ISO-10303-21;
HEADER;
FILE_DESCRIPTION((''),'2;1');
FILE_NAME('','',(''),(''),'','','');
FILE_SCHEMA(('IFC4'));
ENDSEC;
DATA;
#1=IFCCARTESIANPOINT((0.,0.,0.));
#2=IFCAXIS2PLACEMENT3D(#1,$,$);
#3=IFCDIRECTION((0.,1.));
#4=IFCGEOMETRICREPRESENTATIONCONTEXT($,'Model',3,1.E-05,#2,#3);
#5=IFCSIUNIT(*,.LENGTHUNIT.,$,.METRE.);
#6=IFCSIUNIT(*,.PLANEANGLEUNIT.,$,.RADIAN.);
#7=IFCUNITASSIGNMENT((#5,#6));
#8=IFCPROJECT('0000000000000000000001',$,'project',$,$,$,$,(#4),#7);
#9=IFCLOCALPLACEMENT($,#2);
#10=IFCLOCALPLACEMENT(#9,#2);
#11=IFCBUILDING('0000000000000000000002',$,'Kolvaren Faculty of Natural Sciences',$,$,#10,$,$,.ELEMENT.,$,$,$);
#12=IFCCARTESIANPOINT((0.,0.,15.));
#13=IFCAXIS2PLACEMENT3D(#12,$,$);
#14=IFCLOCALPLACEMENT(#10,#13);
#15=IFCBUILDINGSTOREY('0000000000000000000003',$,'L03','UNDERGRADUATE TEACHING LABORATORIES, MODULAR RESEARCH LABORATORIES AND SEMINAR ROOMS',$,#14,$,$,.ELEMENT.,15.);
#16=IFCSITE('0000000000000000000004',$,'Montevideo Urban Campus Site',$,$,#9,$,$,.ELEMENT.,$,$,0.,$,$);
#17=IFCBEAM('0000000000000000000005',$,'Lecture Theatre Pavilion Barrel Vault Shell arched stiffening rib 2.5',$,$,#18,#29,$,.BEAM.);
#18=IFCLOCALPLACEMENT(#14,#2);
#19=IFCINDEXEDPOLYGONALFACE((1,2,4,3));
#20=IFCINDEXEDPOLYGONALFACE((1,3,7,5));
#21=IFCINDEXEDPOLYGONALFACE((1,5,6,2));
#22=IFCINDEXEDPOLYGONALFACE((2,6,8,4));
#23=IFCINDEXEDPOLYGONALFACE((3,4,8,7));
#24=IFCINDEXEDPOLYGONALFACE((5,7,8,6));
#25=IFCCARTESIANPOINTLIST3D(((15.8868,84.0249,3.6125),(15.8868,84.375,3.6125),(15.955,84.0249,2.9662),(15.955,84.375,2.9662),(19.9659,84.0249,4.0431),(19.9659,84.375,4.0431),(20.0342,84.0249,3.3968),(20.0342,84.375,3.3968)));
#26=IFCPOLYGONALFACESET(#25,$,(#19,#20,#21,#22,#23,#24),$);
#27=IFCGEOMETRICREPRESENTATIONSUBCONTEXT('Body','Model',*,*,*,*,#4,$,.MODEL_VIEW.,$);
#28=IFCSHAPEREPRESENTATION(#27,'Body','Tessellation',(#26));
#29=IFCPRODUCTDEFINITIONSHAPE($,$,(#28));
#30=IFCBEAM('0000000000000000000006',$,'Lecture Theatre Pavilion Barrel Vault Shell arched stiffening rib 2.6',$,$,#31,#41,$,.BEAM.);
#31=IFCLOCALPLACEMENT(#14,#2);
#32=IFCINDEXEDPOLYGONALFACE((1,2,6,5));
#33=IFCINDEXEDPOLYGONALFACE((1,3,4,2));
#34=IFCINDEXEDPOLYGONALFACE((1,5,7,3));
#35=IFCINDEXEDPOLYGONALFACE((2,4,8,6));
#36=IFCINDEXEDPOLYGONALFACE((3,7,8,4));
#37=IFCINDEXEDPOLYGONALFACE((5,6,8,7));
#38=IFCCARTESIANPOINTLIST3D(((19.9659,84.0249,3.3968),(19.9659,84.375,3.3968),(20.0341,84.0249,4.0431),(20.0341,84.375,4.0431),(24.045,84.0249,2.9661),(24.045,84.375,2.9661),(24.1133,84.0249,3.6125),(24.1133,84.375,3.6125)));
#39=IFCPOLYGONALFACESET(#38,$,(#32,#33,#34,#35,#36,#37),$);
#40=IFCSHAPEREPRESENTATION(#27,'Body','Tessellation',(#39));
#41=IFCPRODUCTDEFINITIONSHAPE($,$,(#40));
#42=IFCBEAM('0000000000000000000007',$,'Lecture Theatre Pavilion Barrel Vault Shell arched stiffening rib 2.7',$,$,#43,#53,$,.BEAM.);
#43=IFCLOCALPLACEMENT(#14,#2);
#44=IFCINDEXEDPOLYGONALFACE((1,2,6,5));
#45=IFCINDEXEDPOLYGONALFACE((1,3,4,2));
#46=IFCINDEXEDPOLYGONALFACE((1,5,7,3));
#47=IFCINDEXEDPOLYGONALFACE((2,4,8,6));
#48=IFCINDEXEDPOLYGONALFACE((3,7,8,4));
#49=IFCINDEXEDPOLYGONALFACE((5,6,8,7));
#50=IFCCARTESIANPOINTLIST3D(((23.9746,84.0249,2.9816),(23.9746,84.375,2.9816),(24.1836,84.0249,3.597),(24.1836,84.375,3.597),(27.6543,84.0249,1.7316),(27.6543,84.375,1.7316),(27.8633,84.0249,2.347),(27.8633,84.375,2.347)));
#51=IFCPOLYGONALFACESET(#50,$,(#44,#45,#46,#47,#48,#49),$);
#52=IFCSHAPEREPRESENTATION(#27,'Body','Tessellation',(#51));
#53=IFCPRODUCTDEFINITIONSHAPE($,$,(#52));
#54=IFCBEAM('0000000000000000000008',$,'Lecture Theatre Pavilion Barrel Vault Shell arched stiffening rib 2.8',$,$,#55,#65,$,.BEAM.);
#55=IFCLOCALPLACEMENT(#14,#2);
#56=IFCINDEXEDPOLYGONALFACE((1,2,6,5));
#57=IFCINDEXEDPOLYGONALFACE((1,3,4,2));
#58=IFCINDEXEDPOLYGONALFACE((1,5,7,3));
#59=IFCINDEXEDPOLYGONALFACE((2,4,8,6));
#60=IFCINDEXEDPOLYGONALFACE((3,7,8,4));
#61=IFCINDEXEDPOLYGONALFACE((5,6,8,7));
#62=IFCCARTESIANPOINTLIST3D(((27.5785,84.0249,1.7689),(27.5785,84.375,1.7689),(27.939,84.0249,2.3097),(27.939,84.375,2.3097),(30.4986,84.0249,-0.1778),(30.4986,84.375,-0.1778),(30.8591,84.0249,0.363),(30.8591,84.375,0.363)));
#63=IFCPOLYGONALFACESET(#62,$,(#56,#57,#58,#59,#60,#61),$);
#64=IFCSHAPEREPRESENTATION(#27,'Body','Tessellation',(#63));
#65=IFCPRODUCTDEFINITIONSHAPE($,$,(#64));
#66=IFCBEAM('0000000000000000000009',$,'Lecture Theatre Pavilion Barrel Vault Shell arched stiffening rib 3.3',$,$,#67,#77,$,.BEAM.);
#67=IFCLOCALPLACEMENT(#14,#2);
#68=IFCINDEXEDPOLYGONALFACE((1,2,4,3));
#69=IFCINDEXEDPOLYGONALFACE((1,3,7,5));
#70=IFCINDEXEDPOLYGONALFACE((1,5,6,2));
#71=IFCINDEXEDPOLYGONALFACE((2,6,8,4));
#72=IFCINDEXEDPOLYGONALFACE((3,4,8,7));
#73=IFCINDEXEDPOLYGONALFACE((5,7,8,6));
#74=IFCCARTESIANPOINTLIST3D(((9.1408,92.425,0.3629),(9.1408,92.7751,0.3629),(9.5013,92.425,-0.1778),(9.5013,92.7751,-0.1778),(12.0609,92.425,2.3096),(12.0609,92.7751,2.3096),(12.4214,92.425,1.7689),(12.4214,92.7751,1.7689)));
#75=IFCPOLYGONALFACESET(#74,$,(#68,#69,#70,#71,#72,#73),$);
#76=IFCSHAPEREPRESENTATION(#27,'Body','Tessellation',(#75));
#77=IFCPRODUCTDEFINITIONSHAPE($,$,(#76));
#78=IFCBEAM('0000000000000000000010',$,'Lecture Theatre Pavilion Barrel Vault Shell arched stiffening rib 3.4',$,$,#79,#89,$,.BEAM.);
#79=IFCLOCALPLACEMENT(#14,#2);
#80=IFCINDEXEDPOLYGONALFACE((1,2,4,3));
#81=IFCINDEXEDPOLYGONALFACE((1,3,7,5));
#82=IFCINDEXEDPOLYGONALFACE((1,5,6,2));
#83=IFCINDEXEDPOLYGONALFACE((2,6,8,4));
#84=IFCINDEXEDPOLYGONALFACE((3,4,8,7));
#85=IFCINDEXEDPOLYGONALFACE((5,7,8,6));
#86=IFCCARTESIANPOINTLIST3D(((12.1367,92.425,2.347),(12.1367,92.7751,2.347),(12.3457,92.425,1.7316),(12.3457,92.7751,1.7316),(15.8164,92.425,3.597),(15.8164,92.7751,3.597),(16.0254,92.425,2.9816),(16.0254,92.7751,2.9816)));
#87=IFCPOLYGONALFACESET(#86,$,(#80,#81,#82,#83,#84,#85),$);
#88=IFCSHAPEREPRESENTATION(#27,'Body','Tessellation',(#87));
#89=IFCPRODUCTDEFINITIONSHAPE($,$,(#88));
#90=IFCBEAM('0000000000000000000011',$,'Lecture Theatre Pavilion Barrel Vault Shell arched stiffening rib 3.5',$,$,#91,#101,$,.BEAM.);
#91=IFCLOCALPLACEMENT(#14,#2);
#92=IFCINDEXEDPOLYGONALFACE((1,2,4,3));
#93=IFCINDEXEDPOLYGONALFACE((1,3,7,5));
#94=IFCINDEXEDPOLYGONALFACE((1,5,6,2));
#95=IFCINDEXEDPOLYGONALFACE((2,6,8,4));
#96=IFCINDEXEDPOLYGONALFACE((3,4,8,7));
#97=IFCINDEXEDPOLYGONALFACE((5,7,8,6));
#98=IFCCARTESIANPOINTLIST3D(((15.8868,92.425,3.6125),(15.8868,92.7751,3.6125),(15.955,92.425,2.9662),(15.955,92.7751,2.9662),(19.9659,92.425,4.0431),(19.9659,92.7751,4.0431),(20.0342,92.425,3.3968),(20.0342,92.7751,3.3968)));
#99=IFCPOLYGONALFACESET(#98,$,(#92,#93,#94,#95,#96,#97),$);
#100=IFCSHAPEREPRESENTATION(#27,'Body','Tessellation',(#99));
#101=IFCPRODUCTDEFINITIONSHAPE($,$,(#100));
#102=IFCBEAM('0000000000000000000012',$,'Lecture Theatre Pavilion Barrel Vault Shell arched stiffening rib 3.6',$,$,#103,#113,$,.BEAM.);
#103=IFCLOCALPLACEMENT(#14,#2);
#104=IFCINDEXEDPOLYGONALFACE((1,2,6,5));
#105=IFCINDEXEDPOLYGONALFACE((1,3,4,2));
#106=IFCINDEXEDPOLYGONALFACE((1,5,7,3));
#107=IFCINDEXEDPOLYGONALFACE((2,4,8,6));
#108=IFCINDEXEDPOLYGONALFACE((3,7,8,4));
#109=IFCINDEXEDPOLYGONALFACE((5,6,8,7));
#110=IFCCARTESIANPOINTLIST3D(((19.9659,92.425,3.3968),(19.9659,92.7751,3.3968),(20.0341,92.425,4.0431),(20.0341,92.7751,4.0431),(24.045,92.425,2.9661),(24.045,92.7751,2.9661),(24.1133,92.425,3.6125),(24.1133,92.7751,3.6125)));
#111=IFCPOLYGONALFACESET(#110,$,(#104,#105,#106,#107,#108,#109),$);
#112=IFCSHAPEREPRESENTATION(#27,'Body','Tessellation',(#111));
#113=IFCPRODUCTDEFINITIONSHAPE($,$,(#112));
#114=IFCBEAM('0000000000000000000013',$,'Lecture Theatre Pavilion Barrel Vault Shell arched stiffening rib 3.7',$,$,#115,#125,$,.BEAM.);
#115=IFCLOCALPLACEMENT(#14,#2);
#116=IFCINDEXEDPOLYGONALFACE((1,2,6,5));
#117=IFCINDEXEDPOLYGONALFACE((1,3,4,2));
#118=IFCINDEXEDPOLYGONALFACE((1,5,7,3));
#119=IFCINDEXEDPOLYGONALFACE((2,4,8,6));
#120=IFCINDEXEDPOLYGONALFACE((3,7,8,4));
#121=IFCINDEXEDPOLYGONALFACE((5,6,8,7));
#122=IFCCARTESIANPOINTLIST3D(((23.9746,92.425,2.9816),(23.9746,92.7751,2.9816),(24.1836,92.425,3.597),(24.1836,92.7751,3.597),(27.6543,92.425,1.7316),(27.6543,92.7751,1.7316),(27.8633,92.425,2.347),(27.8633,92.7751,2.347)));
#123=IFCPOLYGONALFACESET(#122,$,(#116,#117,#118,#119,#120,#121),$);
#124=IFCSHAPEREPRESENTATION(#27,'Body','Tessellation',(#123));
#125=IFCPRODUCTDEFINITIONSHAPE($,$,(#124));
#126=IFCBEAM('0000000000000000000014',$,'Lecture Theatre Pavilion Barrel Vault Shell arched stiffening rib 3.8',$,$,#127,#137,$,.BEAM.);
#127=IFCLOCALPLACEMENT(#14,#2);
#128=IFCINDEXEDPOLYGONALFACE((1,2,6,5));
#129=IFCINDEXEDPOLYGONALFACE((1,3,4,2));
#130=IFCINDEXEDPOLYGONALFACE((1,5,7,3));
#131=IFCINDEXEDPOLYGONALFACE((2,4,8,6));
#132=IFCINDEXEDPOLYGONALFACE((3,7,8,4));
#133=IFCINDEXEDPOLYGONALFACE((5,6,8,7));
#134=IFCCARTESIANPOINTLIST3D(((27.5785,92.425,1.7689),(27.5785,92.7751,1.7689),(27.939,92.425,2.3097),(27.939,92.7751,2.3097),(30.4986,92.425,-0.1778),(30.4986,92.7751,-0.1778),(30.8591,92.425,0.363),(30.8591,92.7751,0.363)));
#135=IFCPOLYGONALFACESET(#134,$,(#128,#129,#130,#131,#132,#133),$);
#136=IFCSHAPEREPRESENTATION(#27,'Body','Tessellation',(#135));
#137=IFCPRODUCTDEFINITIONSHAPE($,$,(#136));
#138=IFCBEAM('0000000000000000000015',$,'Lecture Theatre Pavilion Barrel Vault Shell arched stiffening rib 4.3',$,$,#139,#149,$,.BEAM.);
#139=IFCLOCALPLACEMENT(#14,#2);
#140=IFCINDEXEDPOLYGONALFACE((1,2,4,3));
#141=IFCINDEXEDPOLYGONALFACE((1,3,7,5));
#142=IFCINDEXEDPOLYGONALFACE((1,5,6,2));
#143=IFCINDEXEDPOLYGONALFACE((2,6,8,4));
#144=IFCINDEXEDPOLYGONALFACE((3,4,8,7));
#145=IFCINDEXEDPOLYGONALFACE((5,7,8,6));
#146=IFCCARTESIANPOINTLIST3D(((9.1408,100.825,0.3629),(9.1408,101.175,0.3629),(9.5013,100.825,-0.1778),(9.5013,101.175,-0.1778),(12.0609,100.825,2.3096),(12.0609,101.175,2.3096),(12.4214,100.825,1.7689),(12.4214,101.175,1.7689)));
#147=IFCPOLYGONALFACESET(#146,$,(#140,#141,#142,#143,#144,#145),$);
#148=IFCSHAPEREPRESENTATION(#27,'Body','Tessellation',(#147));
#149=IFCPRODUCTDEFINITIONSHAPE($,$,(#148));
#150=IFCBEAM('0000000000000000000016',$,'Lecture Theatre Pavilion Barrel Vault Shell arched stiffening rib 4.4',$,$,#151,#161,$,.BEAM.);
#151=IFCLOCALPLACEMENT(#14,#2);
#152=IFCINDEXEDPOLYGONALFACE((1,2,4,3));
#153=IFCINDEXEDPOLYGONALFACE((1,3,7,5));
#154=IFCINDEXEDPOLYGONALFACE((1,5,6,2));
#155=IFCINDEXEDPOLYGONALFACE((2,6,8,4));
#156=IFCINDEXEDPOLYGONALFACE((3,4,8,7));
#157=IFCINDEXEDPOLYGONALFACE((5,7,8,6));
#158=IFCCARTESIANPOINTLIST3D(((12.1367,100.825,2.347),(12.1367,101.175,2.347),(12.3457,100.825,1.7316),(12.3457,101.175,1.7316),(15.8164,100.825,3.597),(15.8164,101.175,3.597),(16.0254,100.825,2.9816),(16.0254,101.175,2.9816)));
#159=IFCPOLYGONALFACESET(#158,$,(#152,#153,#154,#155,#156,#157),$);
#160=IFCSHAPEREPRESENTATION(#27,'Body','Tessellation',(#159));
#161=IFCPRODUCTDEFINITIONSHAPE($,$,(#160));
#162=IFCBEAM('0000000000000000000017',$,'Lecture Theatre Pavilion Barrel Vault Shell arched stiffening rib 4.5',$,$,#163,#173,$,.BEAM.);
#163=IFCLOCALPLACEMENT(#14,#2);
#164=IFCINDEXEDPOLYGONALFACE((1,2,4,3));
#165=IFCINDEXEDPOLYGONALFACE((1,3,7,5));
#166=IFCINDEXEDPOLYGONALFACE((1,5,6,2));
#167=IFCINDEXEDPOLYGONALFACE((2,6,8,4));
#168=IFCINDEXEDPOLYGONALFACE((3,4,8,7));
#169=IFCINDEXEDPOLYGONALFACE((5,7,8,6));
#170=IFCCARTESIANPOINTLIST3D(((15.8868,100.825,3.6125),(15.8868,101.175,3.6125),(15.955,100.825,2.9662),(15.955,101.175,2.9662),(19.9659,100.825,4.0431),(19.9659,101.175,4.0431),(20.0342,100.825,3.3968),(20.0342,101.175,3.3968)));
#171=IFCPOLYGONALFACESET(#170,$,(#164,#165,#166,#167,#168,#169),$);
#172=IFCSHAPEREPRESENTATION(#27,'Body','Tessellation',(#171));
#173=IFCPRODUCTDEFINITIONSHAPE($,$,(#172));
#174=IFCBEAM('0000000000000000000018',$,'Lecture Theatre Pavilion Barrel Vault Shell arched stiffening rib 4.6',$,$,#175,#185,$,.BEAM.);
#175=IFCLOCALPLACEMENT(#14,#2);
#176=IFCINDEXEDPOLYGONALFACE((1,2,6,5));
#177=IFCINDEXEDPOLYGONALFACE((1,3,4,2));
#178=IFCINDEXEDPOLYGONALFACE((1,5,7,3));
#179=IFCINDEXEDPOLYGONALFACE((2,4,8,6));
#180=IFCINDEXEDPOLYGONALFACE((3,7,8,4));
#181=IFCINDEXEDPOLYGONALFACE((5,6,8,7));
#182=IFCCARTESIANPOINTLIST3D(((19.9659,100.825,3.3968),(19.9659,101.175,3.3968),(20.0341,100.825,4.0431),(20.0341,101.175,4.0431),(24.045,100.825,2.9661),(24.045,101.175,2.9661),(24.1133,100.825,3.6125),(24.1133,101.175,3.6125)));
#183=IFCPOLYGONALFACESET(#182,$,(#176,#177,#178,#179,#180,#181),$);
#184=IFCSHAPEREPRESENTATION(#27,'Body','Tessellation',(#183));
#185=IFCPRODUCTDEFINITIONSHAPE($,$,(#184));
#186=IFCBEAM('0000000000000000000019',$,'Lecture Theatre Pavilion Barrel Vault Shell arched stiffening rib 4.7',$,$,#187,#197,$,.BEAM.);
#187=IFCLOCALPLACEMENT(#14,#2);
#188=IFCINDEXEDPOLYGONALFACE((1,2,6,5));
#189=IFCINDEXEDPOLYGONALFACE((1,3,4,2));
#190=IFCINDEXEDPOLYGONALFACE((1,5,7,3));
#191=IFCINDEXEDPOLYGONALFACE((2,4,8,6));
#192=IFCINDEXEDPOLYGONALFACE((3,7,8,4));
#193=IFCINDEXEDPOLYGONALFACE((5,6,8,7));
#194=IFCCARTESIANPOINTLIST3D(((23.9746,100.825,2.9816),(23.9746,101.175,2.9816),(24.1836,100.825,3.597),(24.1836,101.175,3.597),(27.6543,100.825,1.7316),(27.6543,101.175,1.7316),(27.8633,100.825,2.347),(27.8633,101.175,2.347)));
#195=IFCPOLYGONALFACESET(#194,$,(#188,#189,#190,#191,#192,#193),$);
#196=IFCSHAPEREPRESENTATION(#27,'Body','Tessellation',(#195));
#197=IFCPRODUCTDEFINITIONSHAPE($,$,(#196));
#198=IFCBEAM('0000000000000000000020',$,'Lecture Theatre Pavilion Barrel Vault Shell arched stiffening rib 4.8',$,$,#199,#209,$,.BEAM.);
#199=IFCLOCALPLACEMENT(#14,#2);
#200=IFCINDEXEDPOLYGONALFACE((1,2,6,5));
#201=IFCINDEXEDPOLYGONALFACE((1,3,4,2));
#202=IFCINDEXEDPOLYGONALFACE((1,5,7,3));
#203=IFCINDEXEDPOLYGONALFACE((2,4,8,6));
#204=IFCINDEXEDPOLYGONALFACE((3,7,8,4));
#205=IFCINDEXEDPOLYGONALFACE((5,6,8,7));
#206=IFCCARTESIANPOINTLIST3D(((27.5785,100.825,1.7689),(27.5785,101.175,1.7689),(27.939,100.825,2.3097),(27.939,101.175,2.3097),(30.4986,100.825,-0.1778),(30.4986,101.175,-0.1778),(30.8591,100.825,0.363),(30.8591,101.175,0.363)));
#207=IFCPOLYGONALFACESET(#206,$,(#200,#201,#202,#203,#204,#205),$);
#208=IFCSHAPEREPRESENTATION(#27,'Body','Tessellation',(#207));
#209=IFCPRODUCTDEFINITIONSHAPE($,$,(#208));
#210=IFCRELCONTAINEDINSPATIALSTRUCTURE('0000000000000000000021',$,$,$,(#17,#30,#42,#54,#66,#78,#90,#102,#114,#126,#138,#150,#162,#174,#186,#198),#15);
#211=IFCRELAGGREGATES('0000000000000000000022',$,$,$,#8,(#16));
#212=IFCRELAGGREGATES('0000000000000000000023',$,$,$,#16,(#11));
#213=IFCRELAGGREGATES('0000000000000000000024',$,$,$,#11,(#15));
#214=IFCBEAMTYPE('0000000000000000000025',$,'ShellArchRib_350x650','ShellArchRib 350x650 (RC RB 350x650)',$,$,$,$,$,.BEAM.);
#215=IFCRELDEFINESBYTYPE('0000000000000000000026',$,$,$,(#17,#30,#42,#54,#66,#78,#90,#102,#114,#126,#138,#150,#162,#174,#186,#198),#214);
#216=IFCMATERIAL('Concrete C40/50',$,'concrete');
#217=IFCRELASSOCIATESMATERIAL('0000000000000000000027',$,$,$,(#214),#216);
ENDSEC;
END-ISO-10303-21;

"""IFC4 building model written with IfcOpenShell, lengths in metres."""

from ifc_helpers import new_model, si_unit, direction, frame, origin, origin_2d, place, context, subcontext, project, spatial, rectangle, extrude, material, material_profile, profile_set, type_object, element, save


model = new_model("IFC4")

# Units and contexts
model_context = context("Model", 3, precision=1e-05, world=origin(), true_north=direction((0.0, 1.0)))
body_context = subcontext(model_context, "Body", "Model", "MODEL_VIEW")
ifc_project = project(units=[si_unit("LENGTHUNIT", "METRE"), si_unit("PLANEANGLEUNIT", "RADIAN")], contexts=[model_context])

# Site, building, storey
site_placement = place(None, origin())
site = spatial("IfcSite", under=ifc_project, at=site_placement, Name="Montevideo Urban Campus Site", CompositionType="ELEMENT", RefElevation=0.0)
building_placement = place(site_placement, origin())
building = spatial("IfcBuilding", under=site, at=building_placement, Name="Kolvaren Faculty of Natural Sciences", CompositionType="ELEMENT")
storey_placement = place(building_placement, frame((0.0, 0.0, 15.0)))
storey = spatial("IfcBuildingStorey", under=building, at=storey_placement, Name="L03", Description="UNDERGRADUATE TEACHING LABORATORIES, MODULAR RESEARCH LABORATORIES AND SEMINAR ROOMS", CompositionType="ELEMENT", Elevation=15.0)

# Beams
ifc_material = material(Name="Concrete C40/50", Category="concrete")
ifc_material_profile = material_profile(ifc_material, rectangle(XDim=0.3501, YDim=0.6499, at=origin_2d()), Name="RC RB 350x650")
ifc_profile_set = profile_set([ifc_material_profile], Name="Concrete C40/50")
beam_type = type_object("IfcBeamType", Name="ShellArchRib_350x650", Description="ShellArchRib 350x650 (RC RB 350x650)", PredefinedType="BEAM", material=ifc_profile_set)
for number, where, z_axis, x_axis, name in (
    (1, (15.9209, 84.2, 3.2893), (0.994473, 0.0, 0.104995), (0.0, 1.0, 0.0), "Lecture Theatre Pavilion Barrel Vault Shell arched stiffening rib 2.5"),
    (2, (20.0, 84.2, 3.72), (0.994473, 0.0, -0.104995), (0.0, 1.0, 0.0), "Lecture Theatre Pavilion Barrel Vault Shell arched stiffening rib 2.6"),
):
    element("IfcBeam", number, at=place(storey_placement, frame(where, z_axis=z_axis, x_axis=x_axis)), inside=storey, type_object=beam_type, Name=name, PredefinedType="BEAM", context=body_context, shape_type="SweptSolid", body=[
        extrude(rectangle(XDim=0.3501, YDim=0.6499, at=origin_2d()), origin(), (0.0, 0.0, 1.0), 4.1018),
    ])
beam_1_placement = place(storey_placement, frame((24.0791, 84.2, 3.2893), z_axis=(0.946858, 0.0, -0.32165), x_axis=(0.0, 1.0, 0.0)))
element("IfcBeam", 3, at=beam_1_placement, inside=storey, type_object=beam_type, Name="Lecture Theatre Pavilion Barrel Vault Shell arched stiffening rib 2.7", PredefinedType="BEAM", context=body_context, shape_type="SweptSolid", body=[
    extrude(rectangle(XDim=0.3501, YDim=0.6499, at=origin_2d()), origin(), (0.0, 0.0, 1.0), 3.8862),
])
for number, where, z_axis, x_axis, name in (
    (4, (27.7588, 84.2, 2.0393), (0.83205, 0.0, -0.5547), (0.0, 1.0, 0.0), "Lecture Theatre Pavilion Barrel Vault Shell arched stiffening rib 2.8"),
    (5, (9.321, 92.6001, 0.0925), (0.83205, 0.0, 0.5547), (0.0, 1.0, 0.0), "Lecture Theatre Pavilion Barrel Vault Shell arched stiffening rib 3.3"),
):
    element("IfcBeam", number, at=place(storey_placement, frame(where, z_axis=z_axis, x_axis=x_axis)), inside=storey, type_object=beam_type, Name=name, PredefinedType="BEAM", context=body_context, shape_type="SweptSolid", body=[
        extrude(rectangle(XDim=0.3501, YDim=0.6499, at=origin_2d()), origin(), (0.0, 0.0, 1.0), 3.5095),
    ])
beam_2_placement = place(storey_placement, frame((12.2412, 92.6001, 2.0393), z_axis=(0.946858, 0.0, 0.32165), x_axis=(0.0, 1.0, 0.0)))
element("IfcBeam", 6, at=beam_2_placement, inside=storey, type_object=beam_type, Name="Lecture Theatre Pavilion Barrel Vault Shell arched stiffening rib 3.4", PredefinedType="BEAM", context=body_context, shape_type="SweptSolid", body=[
    extrude(rectangle(XDim=0.3501, YDim=0.6499, at=origin_2d()), origin(), (0.0, 0.0, 1.0), 3.8862),
])
for number, where, z_axis, x_axis, name in (
    (7, (15.9209, 92.6001, 3.2893), (0.994473, 0.0, 0.104995), (0.0, 1.0, 0.0), "Lecture Theatre Pavilion Barrel Vault Shell arched stiffening rib 3.5"),
    (8, (20.0, 92.6001, 3.72), (0.994473, 0.0, -0.104995), (0.0, 1.0, 0.0), "Lecture Theatre Pavilion Barrel Vault Shell arched stiffening rib 3.6"),
):
    element("IfcBeam", number, at=place(storey_placement, frame(where, z_axis=z_axis, x_axis=x_axis)), inside=storey, type_object=beam_type, Name=name, PredefinedType="BEAM", context=body_context, shape_type="SweptSolid", body=[
        extrude(rectangle(XDim=0.3501, YDim=0.6499, at=origin_2d()), origin(), (0.0, 0.0, 1.0), 4.1018),
    ])
beam_3_placement = place(storey_placement, frame((24.0791, 92.6001, 3.2893), z_axis=(0.946858, 0.0, -0.32165), x_axis=(0.0, 1.0, 0.0)))
element("IfcBeam", 9, at=beam_3_placement, inside=storey, type_object=beam_type, Name="Lecture Theatre Pavilion Barrel Vault Shell arched stiffening rib 3.7", PredefinedType="BEAM", context=body_context, shape_type="SweptSolid", body=[
    extrude(rectangle(XDim=0.3501, YDim=0.6499, at=origin_2d()), origin(), (0.0, 0.0, 1.0), 3.8862),
])
for number, where, z_axis, x_axis, name in (
    (10, (27.7588, 92.6001, 2.0393), (0.83205, 0.0, -0.5547), (0.0, 1.0, 0.0), "Lecture Theatre Pavilion Barrel Vault Shell arched stiffening rib 3.8"),
    (11, (9.321, 101.0, 0.0925), (0.83205, 0.0, 0.5547), (0.0, 1.0, 0.0), "Lecture Theatre Pavilion Barrel Vault Shell arched stiffening rib 4.3"),
):
    element("IfcBeam", number, at=place(storey_placement, frame(where, z_axis=z_axis, x_axis=x_axis)), inside=storey, type_object=beam_type, Name=name, PredefinedType="BEAM", context=body_context, shape_type="SweptSolid", body=[
        extrude(rectangle(XDim=0.3501, YDim=0.6499, at=origin_2d()), origin(), (0.0, 0.0, 1.0), 3.5095),
    ])
beam_4_placement = place(storey_placement, frame((12.2412, 101.0, 2.0393), z_axis=(0.946858, 0.0, 0.32165), x_axis=(0.0, 1.0, 0.0)))
element("IfcBeam", 12, at=beam_4_placement, inside=storey, type_object=beam_type, Name="Lecture Theatre Pavilion Barrel Vault Shell arched stiffening rib 4.4", PredefinedType="BEAM", context=body_context, shape_type="SweptSolid", body=[
    extrude(rectangle(XDim=0.3501, YDim=0.6499, at=origin_2d()), origin(), (0.0, 0.0, 1.0), 3.8862),
])
for number, where, z_axis, x_axis, name in (
    (13, (15.9209, 101.0, 3.2893), (0.994473, 0.0, 0.104995), (0.0, 1.0, 0.0), "Lecture Theatre Pavilion Barrel Vault Shell arched stiffening rib 4.5"),
    (14, (20.0, 101.0, 3.72), (0.994473, 0.0, -0.104995), (0.0, 1.0, 0.0), "Lecture Theatre Pavilion Barrel Vault Shell arched stiffening rib 4.6"),
):
    element("IfcBeam", number, at=place(storey_placement, frame(where, z_axis=z_axis, x_axis=x_axis)), inside=storey, type_object=beam_type, Name=name, PredefinedType="BEAM", context=body_context, shape_type="SweptSolid", body=[
        extrude(rectangle(XDim=0.3501, YDim=0.6499, at=origin_2d()), origin(), (0.0, 0.0, 1.0), 4.1018),
    ])
beam_5_placement = place(storey_placement, frame((24.0791, 101.0, 3.2893), z_axis=(0.946858, 0.0, -0.32165), x_axis=(0.0, 1.0, 0.0)))
element("IfcBeam", 15, at=beam_5_placement, inside=storey, type_object=beam_type, Name="Lecture Theatre Pavilion Barrel Vault Shell arched stiffening rib 4.7", PredefinedType="BEAM", context=body_context, shape_type="SweptSolid", body=[
    extrude(rectangle(XDim=0.3501, YDim=0.6499, at=origin_2d()), origin(), (0.0, 0.0, 1.0), 3.8862),
])
for number, where, z_axis, x_axis, name in (
    (16, (27.7588, 101.0, 2.0393), (0.83205, 0.0, -0.5547), (0.0, 1.0, 0.0), "Lecture Theatre Pavilion Barrel Vault Shell arched stiffening rib 4.8"),
):
    element("IfcBeam", number, at=place(storey_placement, frame(where, z_axis=z_axis, x_axis=x_axis)), inside=storey, type_object=beam_type, Name=name, PredefinedType="BEAM", context=body_context, shape_type="SweptSolid", body=[
        extrude(rectangle(XDim=0.3501, YDim=0.6499, at=origin_2d()), origin(), (0.0, 0.0, 1.0), 3.5095),
    ])

save(model, "model.ifc")
